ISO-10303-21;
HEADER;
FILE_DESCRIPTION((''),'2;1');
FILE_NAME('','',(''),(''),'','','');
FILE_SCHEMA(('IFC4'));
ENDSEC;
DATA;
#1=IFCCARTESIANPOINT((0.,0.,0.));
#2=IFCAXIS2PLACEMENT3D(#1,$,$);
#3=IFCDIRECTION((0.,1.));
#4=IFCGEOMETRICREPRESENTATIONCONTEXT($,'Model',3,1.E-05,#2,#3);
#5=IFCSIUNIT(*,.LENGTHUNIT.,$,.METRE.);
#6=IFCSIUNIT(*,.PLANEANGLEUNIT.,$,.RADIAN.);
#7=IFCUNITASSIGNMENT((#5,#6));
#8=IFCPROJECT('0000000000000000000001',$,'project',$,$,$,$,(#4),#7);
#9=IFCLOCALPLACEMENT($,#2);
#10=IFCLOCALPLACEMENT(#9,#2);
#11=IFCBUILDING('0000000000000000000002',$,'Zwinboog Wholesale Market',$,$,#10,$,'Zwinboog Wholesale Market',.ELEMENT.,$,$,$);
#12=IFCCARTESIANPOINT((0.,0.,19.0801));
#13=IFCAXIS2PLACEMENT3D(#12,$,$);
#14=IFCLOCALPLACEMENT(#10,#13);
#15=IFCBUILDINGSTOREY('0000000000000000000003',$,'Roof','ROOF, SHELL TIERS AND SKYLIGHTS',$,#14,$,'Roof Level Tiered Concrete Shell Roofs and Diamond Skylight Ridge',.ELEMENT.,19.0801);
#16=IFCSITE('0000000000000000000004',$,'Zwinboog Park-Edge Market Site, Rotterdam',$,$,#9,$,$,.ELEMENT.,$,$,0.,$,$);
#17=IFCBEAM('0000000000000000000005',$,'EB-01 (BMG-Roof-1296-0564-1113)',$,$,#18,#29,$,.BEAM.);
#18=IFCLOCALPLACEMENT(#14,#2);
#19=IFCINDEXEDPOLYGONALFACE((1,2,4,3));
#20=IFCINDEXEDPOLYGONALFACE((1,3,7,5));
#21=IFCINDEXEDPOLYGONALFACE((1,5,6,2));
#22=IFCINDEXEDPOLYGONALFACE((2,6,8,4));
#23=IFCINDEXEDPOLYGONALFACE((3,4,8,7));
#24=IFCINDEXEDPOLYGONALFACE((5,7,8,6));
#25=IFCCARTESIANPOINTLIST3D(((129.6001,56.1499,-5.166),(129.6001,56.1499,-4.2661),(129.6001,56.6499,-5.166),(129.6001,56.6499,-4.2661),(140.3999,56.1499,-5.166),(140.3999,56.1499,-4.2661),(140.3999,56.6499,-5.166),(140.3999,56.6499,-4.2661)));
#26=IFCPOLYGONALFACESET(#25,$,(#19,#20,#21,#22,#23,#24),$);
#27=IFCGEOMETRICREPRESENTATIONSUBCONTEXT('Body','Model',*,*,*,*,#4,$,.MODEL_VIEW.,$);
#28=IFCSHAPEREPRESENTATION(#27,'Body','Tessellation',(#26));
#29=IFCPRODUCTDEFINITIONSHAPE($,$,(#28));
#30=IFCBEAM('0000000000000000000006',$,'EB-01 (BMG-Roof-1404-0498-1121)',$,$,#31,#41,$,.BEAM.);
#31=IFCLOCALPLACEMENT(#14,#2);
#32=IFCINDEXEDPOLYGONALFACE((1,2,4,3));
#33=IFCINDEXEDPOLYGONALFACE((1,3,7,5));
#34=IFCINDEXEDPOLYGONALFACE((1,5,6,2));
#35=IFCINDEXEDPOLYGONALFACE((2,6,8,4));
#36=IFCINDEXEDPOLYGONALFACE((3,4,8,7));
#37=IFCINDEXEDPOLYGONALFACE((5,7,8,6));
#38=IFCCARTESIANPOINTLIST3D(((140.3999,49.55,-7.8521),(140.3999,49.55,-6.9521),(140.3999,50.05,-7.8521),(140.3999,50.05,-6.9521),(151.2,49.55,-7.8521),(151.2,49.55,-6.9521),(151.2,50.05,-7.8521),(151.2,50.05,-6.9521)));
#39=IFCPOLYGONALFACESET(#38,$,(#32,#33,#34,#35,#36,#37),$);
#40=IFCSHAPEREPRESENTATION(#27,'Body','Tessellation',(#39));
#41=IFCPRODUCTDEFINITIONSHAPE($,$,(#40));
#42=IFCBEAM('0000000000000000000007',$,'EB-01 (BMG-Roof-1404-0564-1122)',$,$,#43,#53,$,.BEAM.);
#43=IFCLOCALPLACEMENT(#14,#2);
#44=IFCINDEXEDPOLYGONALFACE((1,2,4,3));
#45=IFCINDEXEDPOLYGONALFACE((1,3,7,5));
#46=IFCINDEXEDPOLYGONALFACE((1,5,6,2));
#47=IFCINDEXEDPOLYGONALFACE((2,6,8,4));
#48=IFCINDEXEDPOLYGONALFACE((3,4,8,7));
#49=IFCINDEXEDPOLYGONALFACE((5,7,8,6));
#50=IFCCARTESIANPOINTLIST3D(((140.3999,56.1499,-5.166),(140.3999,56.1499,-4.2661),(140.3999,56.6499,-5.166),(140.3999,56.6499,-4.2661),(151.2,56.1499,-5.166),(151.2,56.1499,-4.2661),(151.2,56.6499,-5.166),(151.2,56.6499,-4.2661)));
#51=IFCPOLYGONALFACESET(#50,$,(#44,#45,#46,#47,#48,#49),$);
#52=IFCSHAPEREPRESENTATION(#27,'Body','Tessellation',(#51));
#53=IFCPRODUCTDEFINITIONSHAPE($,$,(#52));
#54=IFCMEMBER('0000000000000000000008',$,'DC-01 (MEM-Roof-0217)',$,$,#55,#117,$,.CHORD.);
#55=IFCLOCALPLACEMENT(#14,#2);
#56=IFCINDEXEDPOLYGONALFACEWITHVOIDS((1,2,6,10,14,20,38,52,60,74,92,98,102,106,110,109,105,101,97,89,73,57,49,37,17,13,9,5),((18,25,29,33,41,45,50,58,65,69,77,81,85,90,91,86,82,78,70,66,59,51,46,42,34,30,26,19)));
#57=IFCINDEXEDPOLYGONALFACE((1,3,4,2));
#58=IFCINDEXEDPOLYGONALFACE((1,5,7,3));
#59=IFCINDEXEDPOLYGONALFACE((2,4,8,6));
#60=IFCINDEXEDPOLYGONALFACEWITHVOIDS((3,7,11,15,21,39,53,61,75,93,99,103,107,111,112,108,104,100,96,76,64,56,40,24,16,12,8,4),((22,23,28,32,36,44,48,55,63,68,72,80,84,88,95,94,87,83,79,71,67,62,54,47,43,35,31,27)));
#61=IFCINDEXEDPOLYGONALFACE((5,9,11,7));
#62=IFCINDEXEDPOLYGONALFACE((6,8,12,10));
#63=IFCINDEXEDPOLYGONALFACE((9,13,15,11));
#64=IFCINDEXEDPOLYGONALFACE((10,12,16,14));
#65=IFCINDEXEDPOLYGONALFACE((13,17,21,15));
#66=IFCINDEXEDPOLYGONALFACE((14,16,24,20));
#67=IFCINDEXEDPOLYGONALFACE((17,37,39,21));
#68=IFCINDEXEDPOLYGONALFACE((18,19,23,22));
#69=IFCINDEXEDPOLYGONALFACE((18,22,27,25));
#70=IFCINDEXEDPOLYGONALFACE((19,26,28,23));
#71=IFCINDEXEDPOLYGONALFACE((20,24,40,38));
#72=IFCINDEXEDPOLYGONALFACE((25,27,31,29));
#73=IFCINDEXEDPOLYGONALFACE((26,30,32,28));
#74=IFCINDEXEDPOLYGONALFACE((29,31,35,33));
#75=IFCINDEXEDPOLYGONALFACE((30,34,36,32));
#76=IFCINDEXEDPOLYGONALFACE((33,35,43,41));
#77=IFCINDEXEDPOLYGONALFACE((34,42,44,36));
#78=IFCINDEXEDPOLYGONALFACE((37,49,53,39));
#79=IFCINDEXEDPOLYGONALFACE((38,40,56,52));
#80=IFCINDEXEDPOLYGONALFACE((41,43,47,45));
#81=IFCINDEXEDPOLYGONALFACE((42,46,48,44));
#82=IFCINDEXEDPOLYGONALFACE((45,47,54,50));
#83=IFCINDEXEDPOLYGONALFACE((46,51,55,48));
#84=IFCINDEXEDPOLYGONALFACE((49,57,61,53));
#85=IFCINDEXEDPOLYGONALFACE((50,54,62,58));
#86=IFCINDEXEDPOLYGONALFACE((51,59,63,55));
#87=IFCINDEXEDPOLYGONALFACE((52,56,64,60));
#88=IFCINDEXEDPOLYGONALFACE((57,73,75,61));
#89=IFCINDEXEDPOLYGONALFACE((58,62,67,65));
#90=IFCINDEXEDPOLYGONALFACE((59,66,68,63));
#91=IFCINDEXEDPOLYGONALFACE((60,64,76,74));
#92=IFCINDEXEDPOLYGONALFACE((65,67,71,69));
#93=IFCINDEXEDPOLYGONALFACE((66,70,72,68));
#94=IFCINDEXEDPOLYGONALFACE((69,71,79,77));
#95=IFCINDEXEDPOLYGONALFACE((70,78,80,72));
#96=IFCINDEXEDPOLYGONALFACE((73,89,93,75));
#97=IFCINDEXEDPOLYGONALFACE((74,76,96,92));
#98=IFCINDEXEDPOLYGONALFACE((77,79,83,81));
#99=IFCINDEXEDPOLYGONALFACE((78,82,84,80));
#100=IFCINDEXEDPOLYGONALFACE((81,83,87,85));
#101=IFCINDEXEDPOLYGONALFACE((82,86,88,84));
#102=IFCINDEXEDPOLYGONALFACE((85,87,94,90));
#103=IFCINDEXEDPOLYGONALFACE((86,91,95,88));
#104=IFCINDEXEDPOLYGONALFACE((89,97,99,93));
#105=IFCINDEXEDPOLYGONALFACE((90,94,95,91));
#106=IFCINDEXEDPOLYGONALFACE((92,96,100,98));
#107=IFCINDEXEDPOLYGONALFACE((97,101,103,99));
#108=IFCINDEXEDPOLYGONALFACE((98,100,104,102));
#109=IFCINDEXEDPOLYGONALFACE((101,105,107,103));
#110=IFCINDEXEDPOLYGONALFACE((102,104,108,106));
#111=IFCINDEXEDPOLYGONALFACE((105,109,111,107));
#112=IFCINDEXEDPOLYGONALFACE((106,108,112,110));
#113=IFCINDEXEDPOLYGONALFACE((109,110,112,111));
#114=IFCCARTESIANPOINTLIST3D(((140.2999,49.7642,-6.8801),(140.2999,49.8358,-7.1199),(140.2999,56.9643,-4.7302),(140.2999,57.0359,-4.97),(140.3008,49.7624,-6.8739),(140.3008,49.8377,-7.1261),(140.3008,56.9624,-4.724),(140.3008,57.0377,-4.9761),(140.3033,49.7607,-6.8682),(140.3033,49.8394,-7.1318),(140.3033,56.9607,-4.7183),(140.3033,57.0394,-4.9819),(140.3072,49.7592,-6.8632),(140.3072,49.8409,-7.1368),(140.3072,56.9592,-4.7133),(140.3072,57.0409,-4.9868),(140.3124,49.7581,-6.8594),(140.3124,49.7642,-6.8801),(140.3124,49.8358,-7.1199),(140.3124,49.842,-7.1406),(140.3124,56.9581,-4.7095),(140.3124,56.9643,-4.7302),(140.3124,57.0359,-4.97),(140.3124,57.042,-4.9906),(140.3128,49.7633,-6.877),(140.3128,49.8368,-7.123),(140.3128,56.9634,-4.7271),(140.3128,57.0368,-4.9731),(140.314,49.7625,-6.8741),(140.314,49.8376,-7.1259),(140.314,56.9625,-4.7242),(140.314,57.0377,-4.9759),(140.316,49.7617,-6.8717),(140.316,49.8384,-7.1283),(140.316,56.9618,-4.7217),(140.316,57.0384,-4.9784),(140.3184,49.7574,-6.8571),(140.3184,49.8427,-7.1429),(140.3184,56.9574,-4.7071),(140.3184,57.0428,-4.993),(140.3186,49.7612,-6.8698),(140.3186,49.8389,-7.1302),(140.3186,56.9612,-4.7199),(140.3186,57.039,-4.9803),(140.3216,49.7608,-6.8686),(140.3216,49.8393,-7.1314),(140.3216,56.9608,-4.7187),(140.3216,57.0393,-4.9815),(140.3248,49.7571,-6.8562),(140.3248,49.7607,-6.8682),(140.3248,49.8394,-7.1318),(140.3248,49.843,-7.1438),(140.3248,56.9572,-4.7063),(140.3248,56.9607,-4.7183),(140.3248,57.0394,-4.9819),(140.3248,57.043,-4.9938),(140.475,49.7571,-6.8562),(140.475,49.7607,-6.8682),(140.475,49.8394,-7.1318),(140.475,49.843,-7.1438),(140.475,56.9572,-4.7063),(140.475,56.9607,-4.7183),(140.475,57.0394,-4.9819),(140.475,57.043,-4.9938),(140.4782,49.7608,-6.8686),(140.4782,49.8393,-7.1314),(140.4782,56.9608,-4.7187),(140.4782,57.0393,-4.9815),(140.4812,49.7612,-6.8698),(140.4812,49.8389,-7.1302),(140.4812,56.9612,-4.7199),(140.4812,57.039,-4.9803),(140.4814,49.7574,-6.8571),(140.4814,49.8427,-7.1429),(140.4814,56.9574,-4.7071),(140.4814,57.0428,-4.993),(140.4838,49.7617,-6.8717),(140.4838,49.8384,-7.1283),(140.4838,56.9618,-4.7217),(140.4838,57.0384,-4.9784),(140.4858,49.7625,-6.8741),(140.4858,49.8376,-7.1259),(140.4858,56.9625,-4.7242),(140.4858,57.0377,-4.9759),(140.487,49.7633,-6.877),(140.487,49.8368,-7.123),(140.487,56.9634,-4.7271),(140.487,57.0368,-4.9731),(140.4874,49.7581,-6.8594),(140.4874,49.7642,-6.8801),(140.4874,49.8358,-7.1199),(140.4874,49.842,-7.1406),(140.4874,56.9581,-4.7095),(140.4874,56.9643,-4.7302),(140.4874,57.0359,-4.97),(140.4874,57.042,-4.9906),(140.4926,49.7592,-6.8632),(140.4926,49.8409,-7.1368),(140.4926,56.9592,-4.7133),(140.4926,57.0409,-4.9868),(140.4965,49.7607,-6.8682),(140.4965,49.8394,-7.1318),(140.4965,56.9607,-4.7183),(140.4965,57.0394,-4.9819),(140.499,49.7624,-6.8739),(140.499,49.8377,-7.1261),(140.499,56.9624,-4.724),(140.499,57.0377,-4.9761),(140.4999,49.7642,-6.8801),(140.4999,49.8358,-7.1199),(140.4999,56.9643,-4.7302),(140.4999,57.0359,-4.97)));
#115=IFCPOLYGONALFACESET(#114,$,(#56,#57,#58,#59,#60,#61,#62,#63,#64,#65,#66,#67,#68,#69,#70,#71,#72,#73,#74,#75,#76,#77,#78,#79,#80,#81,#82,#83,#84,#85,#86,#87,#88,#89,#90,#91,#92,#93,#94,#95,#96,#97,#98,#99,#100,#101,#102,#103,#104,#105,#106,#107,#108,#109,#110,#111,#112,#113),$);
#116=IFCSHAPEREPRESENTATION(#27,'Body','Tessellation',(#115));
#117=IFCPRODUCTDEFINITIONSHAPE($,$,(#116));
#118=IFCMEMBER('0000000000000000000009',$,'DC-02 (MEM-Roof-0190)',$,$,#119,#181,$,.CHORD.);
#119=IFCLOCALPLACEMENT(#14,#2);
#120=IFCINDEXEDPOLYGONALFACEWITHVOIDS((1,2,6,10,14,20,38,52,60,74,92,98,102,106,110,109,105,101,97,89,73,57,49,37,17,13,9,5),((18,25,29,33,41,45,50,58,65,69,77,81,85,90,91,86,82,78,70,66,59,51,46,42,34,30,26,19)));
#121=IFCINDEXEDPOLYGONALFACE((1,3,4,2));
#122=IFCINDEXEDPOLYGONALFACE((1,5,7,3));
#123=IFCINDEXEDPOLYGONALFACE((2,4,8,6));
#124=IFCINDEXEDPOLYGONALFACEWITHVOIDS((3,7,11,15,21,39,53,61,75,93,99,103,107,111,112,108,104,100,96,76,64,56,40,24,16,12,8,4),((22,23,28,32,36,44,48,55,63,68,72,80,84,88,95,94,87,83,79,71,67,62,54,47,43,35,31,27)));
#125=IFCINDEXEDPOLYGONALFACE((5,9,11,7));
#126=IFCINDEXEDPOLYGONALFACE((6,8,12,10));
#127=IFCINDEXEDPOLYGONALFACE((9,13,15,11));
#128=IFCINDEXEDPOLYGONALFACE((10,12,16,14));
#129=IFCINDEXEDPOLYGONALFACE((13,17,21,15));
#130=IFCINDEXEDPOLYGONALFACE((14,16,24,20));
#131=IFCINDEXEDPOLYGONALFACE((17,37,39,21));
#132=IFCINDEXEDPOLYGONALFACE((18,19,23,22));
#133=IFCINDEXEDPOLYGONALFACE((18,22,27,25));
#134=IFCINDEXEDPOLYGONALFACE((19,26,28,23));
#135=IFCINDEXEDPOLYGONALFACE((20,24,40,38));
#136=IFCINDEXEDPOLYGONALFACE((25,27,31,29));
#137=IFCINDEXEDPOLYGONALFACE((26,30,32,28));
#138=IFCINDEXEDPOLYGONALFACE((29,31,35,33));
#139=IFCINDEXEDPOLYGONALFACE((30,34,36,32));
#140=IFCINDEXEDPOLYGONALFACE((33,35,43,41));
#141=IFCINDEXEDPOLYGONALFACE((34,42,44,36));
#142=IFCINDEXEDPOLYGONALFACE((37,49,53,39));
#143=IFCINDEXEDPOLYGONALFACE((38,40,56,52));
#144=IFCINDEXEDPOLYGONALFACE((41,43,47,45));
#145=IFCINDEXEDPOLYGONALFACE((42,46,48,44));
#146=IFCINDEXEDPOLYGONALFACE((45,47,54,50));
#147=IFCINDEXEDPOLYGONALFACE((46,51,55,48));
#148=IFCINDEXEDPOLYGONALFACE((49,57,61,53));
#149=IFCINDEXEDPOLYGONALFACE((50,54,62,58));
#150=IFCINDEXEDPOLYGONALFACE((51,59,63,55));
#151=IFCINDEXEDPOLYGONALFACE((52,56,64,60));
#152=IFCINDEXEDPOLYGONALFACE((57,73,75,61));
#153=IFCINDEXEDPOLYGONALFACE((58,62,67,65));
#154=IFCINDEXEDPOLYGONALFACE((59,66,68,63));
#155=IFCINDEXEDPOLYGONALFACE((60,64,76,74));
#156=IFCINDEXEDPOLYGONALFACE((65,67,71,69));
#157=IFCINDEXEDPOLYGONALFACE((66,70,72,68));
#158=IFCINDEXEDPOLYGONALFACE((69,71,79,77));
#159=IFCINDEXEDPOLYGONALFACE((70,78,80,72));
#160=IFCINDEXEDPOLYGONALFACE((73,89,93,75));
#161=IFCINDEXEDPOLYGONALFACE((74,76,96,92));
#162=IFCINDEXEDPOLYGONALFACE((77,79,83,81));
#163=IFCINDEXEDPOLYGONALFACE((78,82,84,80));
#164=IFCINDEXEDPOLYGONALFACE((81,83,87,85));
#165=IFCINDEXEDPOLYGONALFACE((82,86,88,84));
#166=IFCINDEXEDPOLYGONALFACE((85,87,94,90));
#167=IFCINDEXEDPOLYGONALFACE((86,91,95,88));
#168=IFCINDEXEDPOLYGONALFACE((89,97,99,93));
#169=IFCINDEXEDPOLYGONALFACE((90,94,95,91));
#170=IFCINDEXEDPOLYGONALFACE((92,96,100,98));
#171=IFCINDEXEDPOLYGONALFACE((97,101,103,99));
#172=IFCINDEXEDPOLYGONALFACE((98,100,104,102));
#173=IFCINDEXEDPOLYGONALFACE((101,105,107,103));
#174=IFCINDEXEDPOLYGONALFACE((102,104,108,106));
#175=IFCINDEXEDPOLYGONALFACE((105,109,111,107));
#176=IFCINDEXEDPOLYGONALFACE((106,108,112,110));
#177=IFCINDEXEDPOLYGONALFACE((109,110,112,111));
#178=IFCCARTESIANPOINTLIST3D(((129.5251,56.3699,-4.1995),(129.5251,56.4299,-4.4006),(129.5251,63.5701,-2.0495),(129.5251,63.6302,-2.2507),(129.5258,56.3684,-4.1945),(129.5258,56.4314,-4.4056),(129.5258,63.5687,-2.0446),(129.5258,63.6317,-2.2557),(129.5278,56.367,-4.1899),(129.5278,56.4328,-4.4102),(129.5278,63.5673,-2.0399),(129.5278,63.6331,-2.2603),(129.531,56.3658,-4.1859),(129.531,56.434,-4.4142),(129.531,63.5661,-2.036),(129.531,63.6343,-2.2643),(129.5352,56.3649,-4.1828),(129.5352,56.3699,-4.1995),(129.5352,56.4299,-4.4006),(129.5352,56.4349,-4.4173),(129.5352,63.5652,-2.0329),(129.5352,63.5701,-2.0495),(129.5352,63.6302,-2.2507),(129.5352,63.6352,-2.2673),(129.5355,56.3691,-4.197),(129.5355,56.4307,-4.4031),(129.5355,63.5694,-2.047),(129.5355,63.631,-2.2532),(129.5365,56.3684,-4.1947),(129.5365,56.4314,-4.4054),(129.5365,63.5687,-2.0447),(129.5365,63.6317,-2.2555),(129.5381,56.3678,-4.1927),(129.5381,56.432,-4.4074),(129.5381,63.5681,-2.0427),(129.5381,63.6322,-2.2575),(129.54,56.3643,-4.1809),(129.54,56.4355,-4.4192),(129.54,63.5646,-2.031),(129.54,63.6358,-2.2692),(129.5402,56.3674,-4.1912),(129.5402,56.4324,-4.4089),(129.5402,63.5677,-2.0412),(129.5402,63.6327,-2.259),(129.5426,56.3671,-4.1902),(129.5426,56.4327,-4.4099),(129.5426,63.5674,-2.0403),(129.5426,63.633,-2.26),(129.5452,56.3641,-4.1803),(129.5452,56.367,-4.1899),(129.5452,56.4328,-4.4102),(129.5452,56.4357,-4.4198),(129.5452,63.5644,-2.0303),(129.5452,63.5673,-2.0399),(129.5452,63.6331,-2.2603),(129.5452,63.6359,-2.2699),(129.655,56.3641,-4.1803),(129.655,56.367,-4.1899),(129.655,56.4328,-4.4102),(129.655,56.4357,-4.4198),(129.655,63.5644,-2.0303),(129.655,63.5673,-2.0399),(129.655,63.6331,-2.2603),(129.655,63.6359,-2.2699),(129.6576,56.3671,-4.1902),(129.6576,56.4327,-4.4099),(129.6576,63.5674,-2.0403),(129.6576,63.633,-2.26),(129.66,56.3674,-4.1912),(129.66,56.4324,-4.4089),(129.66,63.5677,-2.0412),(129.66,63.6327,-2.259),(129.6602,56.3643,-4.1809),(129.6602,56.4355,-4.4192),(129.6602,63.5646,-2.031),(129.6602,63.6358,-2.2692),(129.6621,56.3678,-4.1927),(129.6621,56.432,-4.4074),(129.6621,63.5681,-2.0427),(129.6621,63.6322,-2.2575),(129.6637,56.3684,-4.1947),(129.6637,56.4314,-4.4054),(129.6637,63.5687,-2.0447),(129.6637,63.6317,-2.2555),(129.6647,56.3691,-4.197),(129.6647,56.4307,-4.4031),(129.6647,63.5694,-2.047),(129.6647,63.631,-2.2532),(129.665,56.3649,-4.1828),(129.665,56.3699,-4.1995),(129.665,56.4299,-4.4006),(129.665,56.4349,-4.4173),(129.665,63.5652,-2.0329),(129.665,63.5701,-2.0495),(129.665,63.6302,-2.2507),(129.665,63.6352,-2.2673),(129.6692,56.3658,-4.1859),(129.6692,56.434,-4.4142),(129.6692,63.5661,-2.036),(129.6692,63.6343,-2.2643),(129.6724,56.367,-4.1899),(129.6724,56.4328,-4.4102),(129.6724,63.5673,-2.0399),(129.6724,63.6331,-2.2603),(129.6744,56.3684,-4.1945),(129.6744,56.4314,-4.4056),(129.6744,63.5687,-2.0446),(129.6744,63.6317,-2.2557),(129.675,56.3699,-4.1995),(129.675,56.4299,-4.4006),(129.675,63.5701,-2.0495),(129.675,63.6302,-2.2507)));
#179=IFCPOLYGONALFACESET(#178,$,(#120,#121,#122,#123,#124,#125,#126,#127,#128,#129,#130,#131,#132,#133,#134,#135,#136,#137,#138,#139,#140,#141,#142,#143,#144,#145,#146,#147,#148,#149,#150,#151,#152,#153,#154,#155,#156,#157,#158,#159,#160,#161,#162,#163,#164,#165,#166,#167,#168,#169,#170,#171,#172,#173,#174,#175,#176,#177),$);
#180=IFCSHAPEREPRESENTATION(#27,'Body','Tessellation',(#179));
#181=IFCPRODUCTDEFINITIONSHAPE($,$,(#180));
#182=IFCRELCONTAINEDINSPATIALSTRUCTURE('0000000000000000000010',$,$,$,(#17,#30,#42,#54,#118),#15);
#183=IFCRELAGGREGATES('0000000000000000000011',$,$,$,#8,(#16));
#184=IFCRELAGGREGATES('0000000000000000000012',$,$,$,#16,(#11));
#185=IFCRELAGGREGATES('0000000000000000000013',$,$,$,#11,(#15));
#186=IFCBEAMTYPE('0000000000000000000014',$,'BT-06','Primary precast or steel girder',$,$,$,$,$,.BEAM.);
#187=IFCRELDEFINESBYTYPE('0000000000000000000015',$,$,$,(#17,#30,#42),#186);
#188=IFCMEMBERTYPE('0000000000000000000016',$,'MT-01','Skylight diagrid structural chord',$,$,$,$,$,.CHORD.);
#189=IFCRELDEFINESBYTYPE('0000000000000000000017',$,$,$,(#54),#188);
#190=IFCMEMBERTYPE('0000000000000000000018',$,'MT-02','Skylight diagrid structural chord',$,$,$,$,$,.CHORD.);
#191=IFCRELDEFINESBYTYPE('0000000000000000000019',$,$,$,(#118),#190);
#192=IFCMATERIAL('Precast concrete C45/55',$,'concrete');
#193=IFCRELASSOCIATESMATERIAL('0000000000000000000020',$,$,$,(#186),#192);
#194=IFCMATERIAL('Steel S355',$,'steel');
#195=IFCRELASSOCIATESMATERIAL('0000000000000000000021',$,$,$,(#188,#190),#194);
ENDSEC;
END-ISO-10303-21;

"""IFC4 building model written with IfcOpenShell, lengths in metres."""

from ifc_helpers import new_model, si_unit, direction, frame, origin, origin_2d, place, context, subcontext, project, spatial, rectangle, hollow_rectangle, extrude, material, material_profile, profile_set, type_object, element, save


model = new_model("IFC4")

# Units and contexts
model_context = context("Model", 3, precision=1e-05, world=origin(), true_north=direction((0.0, 1.0)))
body_context = subcontext(model_context, "Body", "Model", "MODEL_VIEW")
ifc_project = project(units=[si_unit("LENGTHUNIT", "METRE"), si_unit("PLANEANGLEUNIT", "RADIAN")], contexts=[model_context])

# Site, building, storey
site_placement = place(None, origin())
site = spatial("IfcSite", under=ifc_project, at=site_placement, Name="Zwinboog Park-Edge Market Site, Rotterdam", CompositionType="ELEMENT", RefElevation=0.0)
building_placement = place(site_placement, origin())
building = spatial("IfcBuilding", under=site, at=building_placement, Name="Zwinboog Wholesale Market", LongName="Zwinboog Wholesale Market", CompositionType="ELEMENT")
storey_placement = place(building_placement, frame((0.0, 0.0, 19.0801)))
storey = spatial("IfcBuildingStorey", under=building, at=storey_placement, Name="Roof", Description="ROOF, SHELL TIERS AND SKYLIGHTS", LongName="Roof Level Tiered Concrete Shell Roofs and Diamond Skylight Ridge", CompositionType="ELEMENT", Elevation=19.0801)

# Beams
ifc_material_1 = material(Name="Precast concrete C45/55", Category="concrete")
ifc_material_profile_1 = material_profile(ifc_material_1, rectangle(XDim=0.5, YDim=0.8999, at=origin_2d()), Name="PC 500x900")
ifc_profile_set_1 = profile_set([ifc_material_profile_1], Name="Precast concrete C45/55")
beam_type = type_object("IfcBeamType", Name="BT-06", Description="Primary precast or steel girder", PredefinedType="BEAM", material=ifc_profile_set_1)
beam_placement = place(storey_placement, frame((129.6001, 56.3999, -4.7161), z_axis=(1.0, 0.0, 0.0), x_axis=(0.0, 1.0, 0.0)))
element("IfcBeam", 1, at=beam_placement, inside=storey, type_object=beam_type, Name="EB-01 (BMG-Roof-1296-0564-1113)", PredefinedType="BEAM", context=body_context, shape_type="SweptSolid", body=[
    extrude(rectangle(XDim=0.5, YDim=0.8999, at=origin_2d()), origin(), (0.0, 0.0, 1.0), 10.7998),
])
for number, where, z_axis, x_axis, name in (
    (2, (140.3999, 49.8, -7.4021), (1.0, 0.0, 0.0), (0.0, 1.0, 0.0), "EB-01 (BMG-Roof-1404-0498-1121)"),
    (3, (140.3999, 56.3999, -4.7161), (1.0, 0.0, 0.0), (0.0, 1.0, 0.0), "EB-01 (BMG-Roof-1404-0564-1122)"),
):
    element("IfcBeam", number, at=place(storey_placement, frame(where, z_axis=z_axis, x_axis=x_axis)), inside=storey, type_object=beam_type, Name=name, PredefinedType="BEAM", context=body_context, shape_type="SweptSolid", body=[
        extrude(rectangle(XDim=0.5, YDim=0.8999, at=origin_2d()), origin(), (0.0, 0.0, 1.0), 10.8),
    ])

# Members
ifc_material_2 = material(Name="Steel S355", Category="steel")
ifc_material_profile_2 = material_profile(ifc_material_2, hollow_rectangle(XDim=0.2, YDim=0.3, WallThickness=0.0125, InnerFilletRadius=0.0125, OuterFilletRadius=0.0249, at=origin_2d()), Name="RHS 300x200x12.5")
ifc_profile_set_2 = profile_set([ifc_material_profile_2], Name="Steel S355")
member_type_1 = type_object("IfcMemberType", Name="MT-01", Description="Skylight diagrid structural chord", PredefinedType="CHORD", material=ifc_profile_set_2)
member_1_placement = place(storey_placement, frame((140.3999, 49.8, -7.0), z_axis=(0.0, 0.958195, 0.286117), x_axis=(-1.0, 0.0, 0.0)))
element("IfcMember", 4, at=member_1_placement, inside=storey, type_object=member_type_1, Name="DC-01 (MEM-Roof-0217)", PredefinedType="CHORD", context=body_context, shape_type="SweptSolid", body=[
    extrude(hollow_rectangle(XDim=0.2, YDim=0.3, WallThickness=0.0125, InnerFilletRadius=0.0125, OuterFilletRadius=0.0249, at=origin_2d()), origin(), (0.0, 0.0, 1.0), 7.5142),
])
ifc_material_profile_3 = material_profile(ifc_material_2, hollow_rectangle(XDim=0.1499, YDim=0.25, WallThickness=0.01, InnerFilletRadius=0.01, OuterFilletRadius=0.02, at=origin_2d()), Name="RHS 250x150x10")
ifc_profile_set_3 = profile_set([ifc_material_profile_3], Name="Steel S355")
member_type_2 = type_object("IfcMemberType", Name="MT-02", Description="Skylight diagrid structural chord", PredefinedType="CHORD", material=ifc_profile_set_3)
member_2_placement = place(storey_placement, frame((129.6001, 56.3999, -4.3), z_axis=(0.0, 0.958197, 0.286108), x_axis=(-1.0, 0.0, 0.0)))
element("IfcMember", 5, at=member_2_placement, inside=storey, type_object=member_type_2, Name="DC-02 (MEM-Roof-0190)", PredefinedType="CHORD", context=body_context, shape_type="SweptSolid", body=[
    extrude(hollow_rectangle(XDim=0.1499, YDim=0.25, WallThickness=0.01, InnerFilletRadius=0.01, OuterFilletRadius=0.02, at=origin_2d()), origin(), (0.0, 0.0, 1.0), 7.5144),
])

save(model, "model.ifc")
